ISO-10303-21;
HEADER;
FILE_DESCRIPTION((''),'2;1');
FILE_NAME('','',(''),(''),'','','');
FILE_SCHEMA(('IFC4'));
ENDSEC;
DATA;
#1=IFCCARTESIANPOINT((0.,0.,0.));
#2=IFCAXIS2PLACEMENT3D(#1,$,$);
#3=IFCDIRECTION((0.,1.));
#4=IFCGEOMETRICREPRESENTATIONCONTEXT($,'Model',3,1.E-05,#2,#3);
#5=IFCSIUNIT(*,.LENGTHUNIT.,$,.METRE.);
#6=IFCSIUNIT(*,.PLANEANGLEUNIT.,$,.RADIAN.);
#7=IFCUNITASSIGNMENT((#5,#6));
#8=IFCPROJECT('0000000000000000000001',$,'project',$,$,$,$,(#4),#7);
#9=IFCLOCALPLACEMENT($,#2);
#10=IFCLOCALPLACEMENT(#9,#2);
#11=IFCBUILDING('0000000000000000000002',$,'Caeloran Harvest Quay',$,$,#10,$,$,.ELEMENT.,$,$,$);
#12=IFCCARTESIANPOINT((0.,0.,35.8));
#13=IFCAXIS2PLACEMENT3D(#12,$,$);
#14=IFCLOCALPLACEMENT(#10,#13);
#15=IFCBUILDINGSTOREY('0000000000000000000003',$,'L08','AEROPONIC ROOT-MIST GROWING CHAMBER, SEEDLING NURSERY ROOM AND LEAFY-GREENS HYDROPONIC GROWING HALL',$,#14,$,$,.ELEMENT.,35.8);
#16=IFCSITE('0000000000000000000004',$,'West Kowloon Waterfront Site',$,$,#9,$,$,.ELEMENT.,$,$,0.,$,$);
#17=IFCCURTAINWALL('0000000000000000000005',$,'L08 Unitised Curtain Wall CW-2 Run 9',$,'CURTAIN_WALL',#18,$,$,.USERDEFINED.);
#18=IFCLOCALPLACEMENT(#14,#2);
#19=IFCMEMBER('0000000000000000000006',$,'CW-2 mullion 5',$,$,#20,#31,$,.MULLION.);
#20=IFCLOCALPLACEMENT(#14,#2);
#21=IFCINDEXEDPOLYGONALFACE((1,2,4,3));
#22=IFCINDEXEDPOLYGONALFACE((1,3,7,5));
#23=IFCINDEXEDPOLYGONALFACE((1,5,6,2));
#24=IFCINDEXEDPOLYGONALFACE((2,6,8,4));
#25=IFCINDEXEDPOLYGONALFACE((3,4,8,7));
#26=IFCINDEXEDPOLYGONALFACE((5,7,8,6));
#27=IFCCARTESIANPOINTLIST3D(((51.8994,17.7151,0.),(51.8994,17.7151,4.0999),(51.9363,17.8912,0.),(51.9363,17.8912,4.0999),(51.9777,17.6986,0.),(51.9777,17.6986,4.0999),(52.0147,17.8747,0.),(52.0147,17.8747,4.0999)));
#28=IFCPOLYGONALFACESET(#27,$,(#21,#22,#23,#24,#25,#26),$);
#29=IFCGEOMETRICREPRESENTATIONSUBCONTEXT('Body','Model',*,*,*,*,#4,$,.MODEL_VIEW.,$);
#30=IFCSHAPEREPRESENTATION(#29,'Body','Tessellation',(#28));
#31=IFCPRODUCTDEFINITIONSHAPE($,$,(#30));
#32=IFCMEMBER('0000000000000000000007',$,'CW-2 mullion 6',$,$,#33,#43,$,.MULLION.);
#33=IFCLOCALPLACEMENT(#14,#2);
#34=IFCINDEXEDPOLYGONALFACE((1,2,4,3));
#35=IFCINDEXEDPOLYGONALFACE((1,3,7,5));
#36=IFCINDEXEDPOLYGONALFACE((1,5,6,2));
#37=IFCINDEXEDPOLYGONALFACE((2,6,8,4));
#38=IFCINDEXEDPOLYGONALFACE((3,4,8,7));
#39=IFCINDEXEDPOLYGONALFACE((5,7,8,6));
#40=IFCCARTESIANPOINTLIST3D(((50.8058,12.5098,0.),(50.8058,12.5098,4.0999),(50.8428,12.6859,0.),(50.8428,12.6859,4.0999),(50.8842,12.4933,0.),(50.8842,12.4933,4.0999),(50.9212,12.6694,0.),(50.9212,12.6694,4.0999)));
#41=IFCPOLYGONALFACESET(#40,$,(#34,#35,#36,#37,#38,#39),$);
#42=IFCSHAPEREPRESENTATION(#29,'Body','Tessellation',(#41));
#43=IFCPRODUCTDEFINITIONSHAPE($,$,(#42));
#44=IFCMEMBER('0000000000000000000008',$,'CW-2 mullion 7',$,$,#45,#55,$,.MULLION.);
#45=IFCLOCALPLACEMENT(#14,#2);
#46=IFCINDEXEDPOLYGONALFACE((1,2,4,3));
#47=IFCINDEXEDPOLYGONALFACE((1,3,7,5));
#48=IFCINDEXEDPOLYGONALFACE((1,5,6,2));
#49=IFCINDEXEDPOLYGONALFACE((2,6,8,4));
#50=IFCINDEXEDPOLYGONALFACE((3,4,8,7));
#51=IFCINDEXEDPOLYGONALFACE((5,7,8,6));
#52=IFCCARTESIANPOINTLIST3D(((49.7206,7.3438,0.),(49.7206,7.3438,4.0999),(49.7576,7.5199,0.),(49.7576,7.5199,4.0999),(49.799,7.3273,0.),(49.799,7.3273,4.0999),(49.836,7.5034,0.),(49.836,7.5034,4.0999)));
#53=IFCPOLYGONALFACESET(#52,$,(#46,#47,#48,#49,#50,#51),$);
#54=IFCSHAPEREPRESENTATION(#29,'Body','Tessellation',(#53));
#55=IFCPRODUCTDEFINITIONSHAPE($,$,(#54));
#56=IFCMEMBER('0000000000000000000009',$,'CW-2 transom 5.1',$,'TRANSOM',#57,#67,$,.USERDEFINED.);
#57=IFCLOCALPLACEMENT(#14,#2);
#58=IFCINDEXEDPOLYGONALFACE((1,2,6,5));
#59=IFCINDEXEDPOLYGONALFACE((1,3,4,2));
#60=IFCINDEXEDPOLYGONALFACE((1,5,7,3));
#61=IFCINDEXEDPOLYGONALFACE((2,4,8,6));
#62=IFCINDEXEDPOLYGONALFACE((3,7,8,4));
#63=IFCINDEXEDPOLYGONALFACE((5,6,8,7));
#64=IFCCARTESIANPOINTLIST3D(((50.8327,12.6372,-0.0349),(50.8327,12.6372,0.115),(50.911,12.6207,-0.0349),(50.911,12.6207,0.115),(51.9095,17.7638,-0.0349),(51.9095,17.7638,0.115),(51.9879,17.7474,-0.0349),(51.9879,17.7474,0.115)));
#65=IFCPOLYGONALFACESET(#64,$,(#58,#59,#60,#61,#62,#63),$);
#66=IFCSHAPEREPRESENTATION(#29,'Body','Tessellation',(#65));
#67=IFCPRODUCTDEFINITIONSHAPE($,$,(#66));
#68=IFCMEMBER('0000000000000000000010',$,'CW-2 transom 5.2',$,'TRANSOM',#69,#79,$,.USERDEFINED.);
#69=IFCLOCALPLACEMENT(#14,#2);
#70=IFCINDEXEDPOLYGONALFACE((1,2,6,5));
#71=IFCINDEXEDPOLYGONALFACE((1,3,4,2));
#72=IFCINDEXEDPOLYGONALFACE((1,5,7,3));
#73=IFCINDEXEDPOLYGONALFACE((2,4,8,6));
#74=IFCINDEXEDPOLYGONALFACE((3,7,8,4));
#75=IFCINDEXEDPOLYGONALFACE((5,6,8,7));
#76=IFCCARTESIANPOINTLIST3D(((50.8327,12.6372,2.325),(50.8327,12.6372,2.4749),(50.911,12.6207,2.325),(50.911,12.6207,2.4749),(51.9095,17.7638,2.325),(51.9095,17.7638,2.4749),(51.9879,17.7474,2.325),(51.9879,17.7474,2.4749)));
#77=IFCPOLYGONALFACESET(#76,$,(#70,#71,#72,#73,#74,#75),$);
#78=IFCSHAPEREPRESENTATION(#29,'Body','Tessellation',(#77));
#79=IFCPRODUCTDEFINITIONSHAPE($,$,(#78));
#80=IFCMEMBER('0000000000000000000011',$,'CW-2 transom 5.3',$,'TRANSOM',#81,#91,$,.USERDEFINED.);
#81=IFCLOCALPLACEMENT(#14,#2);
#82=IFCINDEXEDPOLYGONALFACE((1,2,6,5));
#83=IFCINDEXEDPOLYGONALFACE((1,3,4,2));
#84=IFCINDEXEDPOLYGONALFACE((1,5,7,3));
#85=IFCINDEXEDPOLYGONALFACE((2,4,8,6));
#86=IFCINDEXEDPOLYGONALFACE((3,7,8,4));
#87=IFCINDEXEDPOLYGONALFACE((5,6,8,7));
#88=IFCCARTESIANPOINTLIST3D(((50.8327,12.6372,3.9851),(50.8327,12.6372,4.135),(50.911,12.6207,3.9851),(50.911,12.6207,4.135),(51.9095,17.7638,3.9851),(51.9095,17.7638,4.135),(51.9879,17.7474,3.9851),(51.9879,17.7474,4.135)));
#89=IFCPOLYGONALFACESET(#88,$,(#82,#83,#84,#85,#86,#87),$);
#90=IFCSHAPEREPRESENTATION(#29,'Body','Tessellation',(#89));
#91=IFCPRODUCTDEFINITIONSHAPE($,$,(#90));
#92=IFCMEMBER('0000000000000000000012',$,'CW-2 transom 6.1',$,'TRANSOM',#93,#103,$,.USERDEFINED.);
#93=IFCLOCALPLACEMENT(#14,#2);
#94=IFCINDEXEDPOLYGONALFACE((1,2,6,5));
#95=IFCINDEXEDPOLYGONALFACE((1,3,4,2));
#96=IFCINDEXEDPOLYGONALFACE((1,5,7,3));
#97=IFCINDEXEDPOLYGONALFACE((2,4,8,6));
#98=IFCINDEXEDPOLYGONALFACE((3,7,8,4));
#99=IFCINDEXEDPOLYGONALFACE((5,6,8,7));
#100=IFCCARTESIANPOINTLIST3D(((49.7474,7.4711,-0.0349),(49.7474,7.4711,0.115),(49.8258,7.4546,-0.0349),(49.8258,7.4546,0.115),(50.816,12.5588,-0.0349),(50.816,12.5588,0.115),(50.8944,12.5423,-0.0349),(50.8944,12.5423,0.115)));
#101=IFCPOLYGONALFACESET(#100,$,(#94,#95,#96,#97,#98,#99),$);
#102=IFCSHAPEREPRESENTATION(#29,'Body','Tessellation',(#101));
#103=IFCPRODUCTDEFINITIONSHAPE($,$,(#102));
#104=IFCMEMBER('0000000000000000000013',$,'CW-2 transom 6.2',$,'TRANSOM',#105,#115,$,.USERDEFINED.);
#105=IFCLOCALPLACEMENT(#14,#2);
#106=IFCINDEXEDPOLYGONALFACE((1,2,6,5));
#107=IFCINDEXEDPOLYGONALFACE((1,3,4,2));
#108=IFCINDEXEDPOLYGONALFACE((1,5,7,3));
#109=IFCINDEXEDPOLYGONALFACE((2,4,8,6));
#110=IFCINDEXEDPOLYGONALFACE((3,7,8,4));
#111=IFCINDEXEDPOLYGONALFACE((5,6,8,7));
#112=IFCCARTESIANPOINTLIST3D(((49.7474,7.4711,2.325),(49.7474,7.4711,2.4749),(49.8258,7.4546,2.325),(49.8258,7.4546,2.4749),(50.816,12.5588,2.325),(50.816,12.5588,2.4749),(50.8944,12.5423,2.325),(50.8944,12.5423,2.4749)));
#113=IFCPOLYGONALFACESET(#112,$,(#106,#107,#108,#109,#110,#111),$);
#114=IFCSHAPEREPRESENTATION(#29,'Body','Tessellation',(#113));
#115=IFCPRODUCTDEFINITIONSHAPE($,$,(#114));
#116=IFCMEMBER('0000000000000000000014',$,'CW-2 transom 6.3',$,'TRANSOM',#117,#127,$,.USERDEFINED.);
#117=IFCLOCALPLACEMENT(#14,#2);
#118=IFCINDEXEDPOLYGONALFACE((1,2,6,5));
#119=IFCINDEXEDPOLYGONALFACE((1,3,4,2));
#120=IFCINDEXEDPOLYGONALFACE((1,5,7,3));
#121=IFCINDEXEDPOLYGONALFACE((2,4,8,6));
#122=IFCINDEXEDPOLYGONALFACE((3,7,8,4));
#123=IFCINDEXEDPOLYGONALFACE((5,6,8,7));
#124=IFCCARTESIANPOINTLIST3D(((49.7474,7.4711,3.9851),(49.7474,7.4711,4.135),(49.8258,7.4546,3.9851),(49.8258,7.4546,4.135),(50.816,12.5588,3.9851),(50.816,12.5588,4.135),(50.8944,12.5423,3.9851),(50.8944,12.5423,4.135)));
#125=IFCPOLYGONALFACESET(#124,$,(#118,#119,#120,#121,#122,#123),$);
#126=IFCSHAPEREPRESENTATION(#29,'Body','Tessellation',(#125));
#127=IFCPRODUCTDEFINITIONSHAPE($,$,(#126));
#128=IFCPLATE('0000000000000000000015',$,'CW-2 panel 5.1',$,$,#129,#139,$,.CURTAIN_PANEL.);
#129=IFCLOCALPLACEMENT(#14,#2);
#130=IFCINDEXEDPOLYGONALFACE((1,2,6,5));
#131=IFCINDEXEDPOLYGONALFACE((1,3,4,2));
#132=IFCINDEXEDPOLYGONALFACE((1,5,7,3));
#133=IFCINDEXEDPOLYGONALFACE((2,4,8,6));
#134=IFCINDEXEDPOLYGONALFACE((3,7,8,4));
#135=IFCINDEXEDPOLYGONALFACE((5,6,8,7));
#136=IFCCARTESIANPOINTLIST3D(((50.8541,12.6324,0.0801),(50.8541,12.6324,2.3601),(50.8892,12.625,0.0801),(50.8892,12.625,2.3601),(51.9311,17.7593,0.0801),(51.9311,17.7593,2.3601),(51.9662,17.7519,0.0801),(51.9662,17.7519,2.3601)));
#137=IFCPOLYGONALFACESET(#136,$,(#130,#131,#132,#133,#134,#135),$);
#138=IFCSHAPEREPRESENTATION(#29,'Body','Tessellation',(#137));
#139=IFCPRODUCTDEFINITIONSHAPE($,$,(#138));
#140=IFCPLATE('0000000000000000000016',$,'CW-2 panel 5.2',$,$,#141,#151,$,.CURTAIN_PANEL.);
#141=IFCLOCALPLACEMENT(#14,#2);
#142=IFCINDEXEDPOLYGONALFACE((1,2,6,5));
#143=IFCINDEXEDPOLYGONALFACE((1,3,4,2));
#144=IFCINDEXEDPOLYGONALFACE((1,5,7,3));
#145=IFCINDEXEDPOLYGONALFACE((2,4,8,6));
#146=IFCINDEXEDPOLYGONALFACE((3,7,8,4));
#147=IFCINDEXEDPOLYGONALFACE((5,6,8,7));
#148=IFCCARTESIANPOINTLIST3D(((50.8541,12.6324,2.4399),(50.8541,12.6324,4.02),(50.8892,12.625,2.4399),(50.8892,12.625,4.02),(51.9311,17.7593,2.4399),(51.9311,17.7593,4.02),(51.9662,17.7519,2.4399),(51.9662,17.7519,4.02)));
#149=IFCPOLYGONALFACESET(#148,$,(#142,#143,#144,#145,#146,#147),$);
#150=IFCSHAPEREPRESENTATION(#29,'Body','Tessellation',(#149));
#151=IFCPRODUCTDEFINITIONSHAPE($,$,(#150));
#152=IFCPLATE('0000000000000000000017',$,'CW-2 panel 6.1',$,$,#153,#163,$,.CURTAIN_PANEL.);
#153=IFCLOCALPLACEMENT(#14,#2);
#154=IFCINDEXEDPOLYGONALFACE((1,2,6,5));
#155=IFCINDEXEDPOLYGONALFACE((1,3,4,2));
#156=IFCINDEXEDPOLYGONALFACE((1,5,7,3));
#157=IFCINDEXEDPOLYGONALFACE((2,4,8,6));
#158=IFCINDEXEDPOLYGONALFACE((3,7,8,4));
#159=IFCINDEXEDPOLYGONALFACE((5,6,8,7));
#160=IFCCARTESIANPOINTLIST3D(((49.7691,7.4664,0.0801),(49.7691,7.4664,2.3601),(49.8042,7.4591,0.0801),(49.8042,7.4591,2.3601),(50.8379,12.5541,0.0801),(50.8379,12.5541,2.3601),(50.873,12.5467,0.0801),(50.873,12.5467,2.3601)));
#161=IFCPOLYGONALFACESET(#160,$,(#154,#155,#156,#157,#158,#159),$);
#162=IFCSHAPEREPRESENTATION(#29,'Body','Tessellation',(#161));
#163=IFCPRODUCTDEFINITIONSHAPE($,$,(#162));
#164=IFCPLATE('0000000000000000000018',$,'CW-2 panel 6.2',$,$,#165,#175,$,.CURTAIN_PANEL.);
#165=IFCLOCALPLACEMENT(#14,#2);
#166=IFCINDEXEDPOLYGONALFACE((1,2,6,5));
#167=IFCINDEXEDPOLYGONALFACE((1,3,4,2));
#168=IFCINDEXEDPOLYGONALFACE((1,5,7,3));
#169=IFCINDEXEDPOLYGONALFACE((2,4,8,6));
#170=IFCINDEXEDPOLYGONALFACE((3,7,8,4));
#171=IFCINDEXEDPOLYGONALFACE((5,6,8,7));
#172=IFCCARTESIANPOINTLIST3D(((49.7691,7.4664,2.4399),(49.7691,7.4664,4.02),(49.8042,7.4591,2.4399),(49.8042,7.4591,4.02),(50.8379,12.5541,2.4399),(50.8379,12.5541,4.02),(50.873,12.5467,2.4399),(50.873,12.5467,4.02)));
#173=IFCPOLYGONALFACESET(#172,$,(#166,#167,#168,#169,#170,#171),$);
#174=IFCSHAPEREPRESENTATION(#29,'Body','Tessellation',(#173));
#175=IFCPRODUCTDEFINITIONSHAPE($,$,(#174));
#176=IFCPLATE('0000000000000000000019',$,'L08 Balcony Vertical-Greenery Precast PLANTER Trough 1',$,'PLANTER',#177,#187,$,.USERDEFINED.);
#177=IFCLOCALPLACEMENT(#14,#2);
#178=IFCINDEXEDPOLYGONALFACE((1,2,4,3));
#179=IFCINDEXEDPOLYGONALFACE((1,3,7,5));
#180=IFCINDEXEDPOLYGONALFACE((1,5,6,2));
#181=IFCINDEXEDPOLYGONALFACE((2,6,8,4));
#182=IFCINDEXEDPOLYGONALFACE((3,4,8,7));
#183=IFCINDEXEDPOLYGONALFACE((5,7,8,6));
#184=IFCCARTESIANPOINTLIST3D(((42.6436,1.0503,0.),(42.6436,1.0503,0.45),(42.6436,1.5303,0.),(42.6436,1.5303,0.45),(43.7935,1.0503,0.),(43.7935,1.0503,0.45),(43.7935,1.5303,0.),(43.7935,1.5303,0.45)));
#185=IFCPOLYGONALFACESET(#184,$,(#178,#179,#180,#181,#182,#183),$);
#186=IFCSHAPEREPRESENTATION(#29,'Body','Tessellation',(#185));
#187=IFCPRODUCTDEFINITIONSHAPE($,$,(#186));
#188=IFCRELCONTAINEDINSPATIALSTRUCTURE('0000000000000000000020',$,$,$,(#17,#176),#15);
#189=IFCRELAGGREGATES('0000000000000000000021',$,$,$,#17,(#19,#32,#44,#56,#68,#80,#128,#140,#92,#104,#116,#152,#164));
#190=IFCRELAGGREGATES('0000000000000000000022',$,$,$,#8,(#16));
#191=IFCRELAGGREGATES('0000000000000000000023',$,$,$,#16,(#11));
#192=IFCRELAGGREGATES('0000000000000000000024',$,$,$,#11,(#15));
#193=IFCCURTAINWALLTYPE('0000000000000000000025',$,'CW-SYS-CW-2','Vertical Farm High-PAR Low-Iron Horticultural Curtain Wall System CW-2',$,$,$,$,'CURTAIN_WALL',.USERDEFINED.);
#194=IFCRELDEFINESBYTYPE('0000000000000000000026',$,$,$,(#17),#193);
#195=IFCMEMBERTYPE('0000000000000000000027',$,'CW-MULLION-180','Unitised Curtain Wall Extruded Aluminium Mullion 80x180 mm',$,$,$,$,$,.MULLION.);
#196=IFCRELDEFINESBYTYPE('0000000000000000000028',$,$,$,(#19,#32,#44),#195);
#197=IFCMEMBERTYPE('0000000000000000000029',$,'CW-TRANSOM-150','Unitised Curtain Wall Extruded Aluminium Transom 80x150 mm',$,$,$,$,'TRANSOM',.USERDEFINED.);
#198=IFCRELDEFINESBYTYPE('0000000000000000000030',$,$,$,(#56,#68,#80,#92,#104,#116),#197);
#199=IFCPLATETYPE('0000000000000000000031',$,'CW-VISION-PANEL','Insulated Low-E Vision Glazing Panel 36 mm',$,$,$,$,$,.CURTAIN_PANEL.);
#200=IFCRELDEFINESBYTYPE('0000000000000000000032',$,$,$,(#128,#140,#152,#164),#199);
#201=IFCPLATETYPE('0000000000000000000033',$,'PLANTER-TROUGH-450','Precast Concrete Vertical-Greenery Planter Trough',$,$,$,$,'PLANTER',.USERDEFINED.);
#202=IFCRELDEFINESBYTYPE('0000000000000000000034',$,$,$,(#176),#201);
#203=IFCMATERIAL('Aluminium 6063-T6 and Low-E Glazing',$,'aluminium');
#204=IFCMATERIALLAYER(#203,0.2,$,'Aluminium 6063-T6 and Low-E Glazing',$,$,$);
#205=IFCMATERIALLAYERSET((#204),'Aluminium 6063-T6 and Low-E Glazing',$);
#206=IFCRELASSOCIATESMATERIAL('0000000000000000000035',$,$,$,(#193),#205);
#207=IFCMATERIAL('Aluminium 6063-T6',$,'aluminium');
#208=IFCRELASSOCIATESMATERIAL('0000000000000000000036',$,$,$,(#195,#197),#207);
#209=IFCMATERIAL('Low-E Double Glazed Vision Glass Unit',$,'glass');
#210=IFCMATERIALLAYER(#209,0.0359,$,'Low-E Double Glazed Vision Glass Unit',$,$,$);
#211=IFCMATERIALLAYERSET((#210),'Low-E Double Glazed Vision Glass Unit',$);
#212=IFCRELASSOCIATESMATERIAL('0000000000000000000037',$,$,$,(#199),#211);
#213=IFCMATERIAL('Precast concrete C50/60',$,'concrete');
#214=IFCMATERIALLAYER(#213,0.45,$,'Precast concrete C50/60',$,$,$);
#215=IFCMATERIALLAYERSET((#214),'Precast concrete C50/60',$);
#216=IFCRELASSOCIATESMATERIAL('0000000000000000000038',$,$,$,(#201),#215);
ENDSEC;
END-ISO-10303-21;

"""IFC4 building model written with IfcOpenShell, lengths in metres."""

from ifc_helpers import new_model, si_unit, direction, frame, origin, origin_2d, place, context, subcontext, project, spatial, rectangle, extrude, material, layer, layer_set, material_profile, profile_set, type_object, element, aggregate, save


model = new_model("IFC4")

# Units and contexts
model_context = context("Model", 3, precision=1e-05, world=origin(), true_north=direction((0.0, 1.0)))
body_context = subcontext(model_context, "Body", "Model", "MODEL_VIEW")
ifc_project = project(units=[si_unit("LENGTHUNIT", "METRE"), si_unit("PLANEANGLEUNIT", "RADIAN")], contexts=[model_context])

# Site, building, storey
site_placement = place(None, origin())
site = spatial("IfcSite", under=ifc_project, at=site_placement, Name="West Kowloon Waterfront Site", CompositionType="ELEMENT", RefElevation=0.0)
building_placement = place(site_placement, origin())
building = spatial("IfcBuilding", under=site, at=building_placement, Name="Caeloran Harvest Quay", CompositionType="ELEMENT")
storey_placement = place(building_placement, frame((0.0, 0.0, 35.8)))
storey = spatial("IfcBuildingStorey", under=building, at=storey_placement, Name="L08", Description="AEROPONIC ROOT-MIST GROWING CHAMBER, SEEDLING NURSERY ROOM AND LEAFY-GREENS HYDROPONIC GROWING HALL", CompositionType="ELEMENT", Elevation=35.8)

# Curtain wall, members, plates
ifc_material_1 = material(Name="Aluminium 6063-T6 and Low-E Glazing", Category="aluminium")
ifc_layer_1 = layer(ifc_material_1, 0.2, Name="Aluminium 6063-T6 and Low-E Glazing")
ifc_layer_set_1 = layer_set([ifc_layer_1], Name="Aluminium 6063-T6 and Low-E Glazing")
curtain_wall_type = type_object("IfcCurtainWallType", Name="CW-SYS-CW-2", Description="Vertical Farm High-PAR Low-Iron Horticultural Curtain Wall System CW-2", ElementType="CURTAIN_WALL", PredefinedType="USERDEFINED", material=ifc_layer_set_1)
curtain_wall_placement = place(storey_placement, origin())
curtain_wall = element("IfcCurtainWall", 1, at=curtain_wall_placement, inside=storey, type_object=curtain_wall_type, Name="L08 Unitised Curtain Wall CW-2 Run 9", ObjectType="CURTAIN_WALL", PredefinedType="USERDEFINED")
ifc_material_2 = material(Name="Aluminium 6063-T6", Category="aluminium")
ifc_material_profile_1 = material_profile(ifc_material_2, rectangle(XDim=0.0801, YDim=0.1799, at=origin_2d()), Name="CW-MULLION-180")
ifc_profile_set_1 = profile_set([ifc_material_profile_1], Name="Aluminium 6063-T6")
member_type_1 = type_object("IfcMemberType", Name="CW-MULLION-180", Description="Unitised Curtain Wall Extruded Aluminium Mullion 80x180 mm", PredefinedType="MULLION", material=ifc_profile_set_1)
member_1_placement = place(storey_placement, frame((51.957, 17.7949, 0.0), z_axis=(0.0, 0.0, 1.0), x_axis=(0.97864, -0.205583, 0.0)))
member_1 = element("IfcMember", 2, at=member_1_placement, type_object=member_type_1, Name="CW-2 mullion 5", PredefinedType="MULLION", context=body_context, shape_type="SweptSolid", body=[
    extrude(rectangle(XDim=0.0801, YDim=0.1799, at=origin_2d()), origin(), (0.0, 0.0, 1.0), 4.0999),
])
member_2_placement = place(storey_placement, frame((50.8635, 12.5896, 0.0), z_axis=(0.0, 0.0, 1.0), x_axis=(0.97864, -0.205583, 0.0)))
member_2 = element("IfcMember", 3, at=member_2_placement, type_object=member_type_1, Name="CW-2 mullion 6", PredefinedType="MULLION", context=body_context, shape_type="SweptSolid", body=[
    extrude(rectangle(XDim=0.0801, YDim=0.1799, at=origin_2d()), origin(), (0.0, 0.0, 1.0), 4.0999),
])
member_3_placement = place(storey_placement, frame((49.7783, 7.4236, 0.0), z_axis=(0.0, 0.0, 1.0), x_axis=(0.97864, -0.205583, 0.0)))
member_3 = element("IfcMember", 4, at=member_3_placement, type_object=member_type_1, Name="CW-2 mullion 7", PredefinedType="MULLION", context=body_context, shape_type="SweptSolid", body=[
    extrude(rectangle(XDim=0.0801, YDim=0.1799, at=origin_2d()), origin(), (0.0, 0.0, 1.0), 4.0999),
])
ifc_material_profile_2 = material_profile(ifc_material_2, rectangle(XDim=0.0801, YDim=0.1499, at=origin_2d()), Name="CW-TRANSOM-150")
ifc_profile_set_2 = profile_set([ifc_material_profile_2], Name="Aluminium 6063-T6")
member_type_2 = type_object("IfcMemberType", Name="CW-TRANSOM-150", Description="Unitised Curtain Wall Extruded Aluminium Transom 80x150 mm", ElementType="TRANSOM", PredefinedType="USERDEFINED", material=ifc_profile_set_2)
member_4_placement = place(storey_placement, frame((51.9487, 17.7556, 0.04), z_axis=(-0.205571, -0.978642, 0.0), x_axis=(0.978642, -0.205571, 0.0)))
member_4 = element("IfcMember", 5, at=member_4_placement, type_object=member_type_2, Name="CW-2 transom 5.1", ObjectType="TRANSOM", PredefinedType="USERDEFINED", context=body_context, shape_type="SweptSolid", body=[
    extrude(rectangle(XDim=0.0801, YDim=0.1499, at=origin_2d()), origin(), (0.0, 0.0, 1.0), 5.2385),
])
member_5_placement = place(storey_placement, frame((51.9487, 17.7556, 2.3999), z_axis=(-0.205571, -0.978642, 0.0), x_axis=(0.978642, -0.205571, 0.0)))
member_5 = element("IfcMember", 6, at=member_5_placement, type_object=member_type_2, Name="CW-2 transom 5.2", ObjectType="TRANSOM", PredefinedType="USERDEFINED", context=body_context, shape_type="SweptSolid", body=[
    extrude(rectangle(XDim=0.0801, YDim=0.1499, at=origin_2d()), origin(), (0.0, 0.0, 1.0), 5.2385),
])
member_6_placement = place(storey_placement, frame((51.9487, 17.7556, 4.0601), z_axis=(-0.205571, -0.978642, 0.0), x_axis=(0.978642, -0.205571, 0.0)))
member_6 = element("IfcMember", 7, at=member_6_placement, type_object=member_type_2, Name="CW-2 transom 5.3", ObjectType="TRANSOM", PredefinedType="USERDEFINED", context=body_context, shape_type="SweptSolid", body=[
    extrude(rectangle(XDim=0.0801, YDim=0.1499, at=origin_2d()), origin(), (0.0, 0.0, 1.0), 5.2385),
])
member_7_placement = place(storey_placement, frame((50.8552, 12.5505, 0.04), z_axis=(-0.205554, -0.978646, 0.0), x_axis=(0.978646, -0.205554, 0.0)))
member_7 = element("IfcMember", 8, at=member_7_placement, type_object=member_type_2, Name="CW-2 transom 6.1", ObjectType="TRANSOM", PredefinedType="USERDEFINED", context=body_context, shape_type="SweptSolid", body=[
    extrude(rectangle(XDim=0.0801, YDim=0.1499, at=origin_2d()), origin(), (0.0, 0.0, 1.0), 5.1987),
])
member_8_placement = place(storey_placement, frame((50.8552, 12.5505, 2.3999), z_axis=(-0.205554, -0.978646, 0.0), x_axis=(0.978646, -0.205554, 0.0)))
member_8 = element("IfcMember", 9, at=member_8_placement, type_object=member_type_2, Name="CW-2 transom 6.2", ObjectType="TRANSOM", PredefinedType="USERDEFINED", context=body_context, shape_type="SweptSolid", body=[
    extrude(rectangle(XDim=0.0801, YDim=0.1499, at=origin_2d()), origin(), (0.0, 0.0, 1.0), 5.1987),
])
member_9_placement = place(storey_placement, frame((50.8552, 12.5505, 4.0601), z_axis=(-0.205554, -0.978646, 0.0), x_axis=(0.978646, -0.205554, 0.0)))
member_9 = element("IfcMember", 10, at=member_9_placement, type_object=member_type_2, Name="CW-2 transom 6.3", ObjectType="TRANSOM", PredefinedType="USERDEFINED", context=body_context, shape_type="SweptSolid", body=[
    extrude(rectangle(XDim=0.0801, YDim=0.1499, at=origin_2d()), origin(), (0.0, 0.0, 1.0), 5.1987),
])
ifc_material_3 = material(Name="Low-E Double Glazed Vision Glass Unit", Category="glass")
ifc_layer_2 = layer(ifc_material_3, 0.0359, Name="Low-E Double Glazed Vision Glass Unit")
ifc_layer_set_2 = layer_set([ifc_layer_2], Name="Low-E Double Glazed Vision Glass Unit")
plate_type_1 = type_object("IfcPlateType", Name="CW-VISION-PANEL", Description="Insulated Low-E Vision Glazing Panel 36 mm", PredefinedType="CURTAIN_PANEL", material=ifc_layer_set_2)
plate_1_placement = place(storey_placement, frame((51.4102, 15.1921, 0.0801), z_axis=(0.0, 0.0, 1.0), x_axis=(-0.205583, -0.97864, 0.0)))
plate_1 = element("IfcPlate", 11, at=plate_1_placement, type_object=plate_type_1, Name="CW-2 panel 5.1", PredefinedType="CURTAIN_PANEL", context=body_context, shape_type="SweptSolid", body=[
    extrude(rectangle(XDim=5.2388, YDim=0.0359, at=origin_2d()), origin(), (0.0, 0.0, 1.0), 2.28),
])
plate_2_placement = place(storey_placement, frame((51.4102, 15.1921, 2.4399), z_axis=(0.0, 0.0, 1.0), x_axis=(-0.205583, -0.97864, 0.0)))
plate_2 = element("IfcPlate", 12, at=plate_2_placement, type_object=plate_type_1, Name="CW-2 panel 5.2", PredefinedType="CURTAIN_PANEL", context=body_context, shape_type="SweptSolid", body=[
    extrude(rectangle(XDim=5.2388, YDim=0.0359, at=origin_2d()), origin(), (0.0, 0.0, 1.0), 1.5801),
])
plate_3_placement = place(storey_placement, frame((50.321, 10.0066, 0.0801), z_axis=(0.0, 0.0, 1.0), x_axis=(-0.205583, -0.97864, 0.0)))
plate_3 = element("IfcPlate", 13, at=plate_3_placement, type_object=plate_type_1, Name="CW-2 panel 6.1", PredefinedType="CURTAIN_PANEL", context=body_context, shape_type="SweptSolid", body=[
    extrude(rectangle(XDim=5.1987, YDim=0.0359, at=origin_2d()), origin(), (0.0, 0.0, 1.0), 2.28),
])
plate_4_placement = place(storey_placement, frame((50.321, 10.0066, 2.4399), z_axis=(0.0, 0.0, 1.0), x_axis=(-0.205583, -0.97864, 0.0)))
plate_4 = element("IfcPlate", 14, at=plate_4_placement, type_object=plate_type_1, Name="CW-2 panel 6.2", PredefinedType="CURTAIN_PANEL", context=body_context, shape_type="SweptSolid", body=[
    extrude(rectangle(XDim=5.1987, YDim=0.0359, at=origin_2d()), origin(), (0.0, 0.0, 1.0), 1.5801),
])
aggregate(curtain_wall, [member_1, member_2, member_3, member_4, member_5, member_6, plate_1, plate_2, member_7, member_8, member_9, plate_3, plate_4])

# Plate
ifc_material_4 = material(Name="Precast concrete C50/60", Category="concrete")
ifc_layer_3 = layer(ifc_material_4, 0.45, Name="Precast concrete C50/60")
ifc_layer_set_3 = layer_set([ifc_layer_3], Name="Precast concrete C50/60")
plate_type_2 = type_object("IfcPlateType", Name="PLANTER-TROUGH-450", Description="Precast Concrete Vertical-Greenery Planter Trough", ElementType="PLANTER", PredefinedType="USERDEFINED", material=ifc_layer_set_3)
plate_5_placement = place(storey_placement, frame((43.2185, 1.2903, 0.0), z_axis=(0.0, 0.0, 1.0), x_axis=(1.0, 0.0, 0.0)))
element("IfcPlate", 15, at=plate_5_placement, inside=storey, type_object=plate_type_2, Name="L08 Balcony Vertical-Greenery Precast PLANTER Trough 1", ObjectType="PLANTER", PredefinedType="USERDEFINED", context=body_context, shape_type="SweptSolid", body=[
    extrude(rectangle(XDim=1.1499, YDim=0.48, at=origin_2d()), origin(), (0.0, 0.0, 1.0), 0.45),
])

save(model, "model.ifc")
